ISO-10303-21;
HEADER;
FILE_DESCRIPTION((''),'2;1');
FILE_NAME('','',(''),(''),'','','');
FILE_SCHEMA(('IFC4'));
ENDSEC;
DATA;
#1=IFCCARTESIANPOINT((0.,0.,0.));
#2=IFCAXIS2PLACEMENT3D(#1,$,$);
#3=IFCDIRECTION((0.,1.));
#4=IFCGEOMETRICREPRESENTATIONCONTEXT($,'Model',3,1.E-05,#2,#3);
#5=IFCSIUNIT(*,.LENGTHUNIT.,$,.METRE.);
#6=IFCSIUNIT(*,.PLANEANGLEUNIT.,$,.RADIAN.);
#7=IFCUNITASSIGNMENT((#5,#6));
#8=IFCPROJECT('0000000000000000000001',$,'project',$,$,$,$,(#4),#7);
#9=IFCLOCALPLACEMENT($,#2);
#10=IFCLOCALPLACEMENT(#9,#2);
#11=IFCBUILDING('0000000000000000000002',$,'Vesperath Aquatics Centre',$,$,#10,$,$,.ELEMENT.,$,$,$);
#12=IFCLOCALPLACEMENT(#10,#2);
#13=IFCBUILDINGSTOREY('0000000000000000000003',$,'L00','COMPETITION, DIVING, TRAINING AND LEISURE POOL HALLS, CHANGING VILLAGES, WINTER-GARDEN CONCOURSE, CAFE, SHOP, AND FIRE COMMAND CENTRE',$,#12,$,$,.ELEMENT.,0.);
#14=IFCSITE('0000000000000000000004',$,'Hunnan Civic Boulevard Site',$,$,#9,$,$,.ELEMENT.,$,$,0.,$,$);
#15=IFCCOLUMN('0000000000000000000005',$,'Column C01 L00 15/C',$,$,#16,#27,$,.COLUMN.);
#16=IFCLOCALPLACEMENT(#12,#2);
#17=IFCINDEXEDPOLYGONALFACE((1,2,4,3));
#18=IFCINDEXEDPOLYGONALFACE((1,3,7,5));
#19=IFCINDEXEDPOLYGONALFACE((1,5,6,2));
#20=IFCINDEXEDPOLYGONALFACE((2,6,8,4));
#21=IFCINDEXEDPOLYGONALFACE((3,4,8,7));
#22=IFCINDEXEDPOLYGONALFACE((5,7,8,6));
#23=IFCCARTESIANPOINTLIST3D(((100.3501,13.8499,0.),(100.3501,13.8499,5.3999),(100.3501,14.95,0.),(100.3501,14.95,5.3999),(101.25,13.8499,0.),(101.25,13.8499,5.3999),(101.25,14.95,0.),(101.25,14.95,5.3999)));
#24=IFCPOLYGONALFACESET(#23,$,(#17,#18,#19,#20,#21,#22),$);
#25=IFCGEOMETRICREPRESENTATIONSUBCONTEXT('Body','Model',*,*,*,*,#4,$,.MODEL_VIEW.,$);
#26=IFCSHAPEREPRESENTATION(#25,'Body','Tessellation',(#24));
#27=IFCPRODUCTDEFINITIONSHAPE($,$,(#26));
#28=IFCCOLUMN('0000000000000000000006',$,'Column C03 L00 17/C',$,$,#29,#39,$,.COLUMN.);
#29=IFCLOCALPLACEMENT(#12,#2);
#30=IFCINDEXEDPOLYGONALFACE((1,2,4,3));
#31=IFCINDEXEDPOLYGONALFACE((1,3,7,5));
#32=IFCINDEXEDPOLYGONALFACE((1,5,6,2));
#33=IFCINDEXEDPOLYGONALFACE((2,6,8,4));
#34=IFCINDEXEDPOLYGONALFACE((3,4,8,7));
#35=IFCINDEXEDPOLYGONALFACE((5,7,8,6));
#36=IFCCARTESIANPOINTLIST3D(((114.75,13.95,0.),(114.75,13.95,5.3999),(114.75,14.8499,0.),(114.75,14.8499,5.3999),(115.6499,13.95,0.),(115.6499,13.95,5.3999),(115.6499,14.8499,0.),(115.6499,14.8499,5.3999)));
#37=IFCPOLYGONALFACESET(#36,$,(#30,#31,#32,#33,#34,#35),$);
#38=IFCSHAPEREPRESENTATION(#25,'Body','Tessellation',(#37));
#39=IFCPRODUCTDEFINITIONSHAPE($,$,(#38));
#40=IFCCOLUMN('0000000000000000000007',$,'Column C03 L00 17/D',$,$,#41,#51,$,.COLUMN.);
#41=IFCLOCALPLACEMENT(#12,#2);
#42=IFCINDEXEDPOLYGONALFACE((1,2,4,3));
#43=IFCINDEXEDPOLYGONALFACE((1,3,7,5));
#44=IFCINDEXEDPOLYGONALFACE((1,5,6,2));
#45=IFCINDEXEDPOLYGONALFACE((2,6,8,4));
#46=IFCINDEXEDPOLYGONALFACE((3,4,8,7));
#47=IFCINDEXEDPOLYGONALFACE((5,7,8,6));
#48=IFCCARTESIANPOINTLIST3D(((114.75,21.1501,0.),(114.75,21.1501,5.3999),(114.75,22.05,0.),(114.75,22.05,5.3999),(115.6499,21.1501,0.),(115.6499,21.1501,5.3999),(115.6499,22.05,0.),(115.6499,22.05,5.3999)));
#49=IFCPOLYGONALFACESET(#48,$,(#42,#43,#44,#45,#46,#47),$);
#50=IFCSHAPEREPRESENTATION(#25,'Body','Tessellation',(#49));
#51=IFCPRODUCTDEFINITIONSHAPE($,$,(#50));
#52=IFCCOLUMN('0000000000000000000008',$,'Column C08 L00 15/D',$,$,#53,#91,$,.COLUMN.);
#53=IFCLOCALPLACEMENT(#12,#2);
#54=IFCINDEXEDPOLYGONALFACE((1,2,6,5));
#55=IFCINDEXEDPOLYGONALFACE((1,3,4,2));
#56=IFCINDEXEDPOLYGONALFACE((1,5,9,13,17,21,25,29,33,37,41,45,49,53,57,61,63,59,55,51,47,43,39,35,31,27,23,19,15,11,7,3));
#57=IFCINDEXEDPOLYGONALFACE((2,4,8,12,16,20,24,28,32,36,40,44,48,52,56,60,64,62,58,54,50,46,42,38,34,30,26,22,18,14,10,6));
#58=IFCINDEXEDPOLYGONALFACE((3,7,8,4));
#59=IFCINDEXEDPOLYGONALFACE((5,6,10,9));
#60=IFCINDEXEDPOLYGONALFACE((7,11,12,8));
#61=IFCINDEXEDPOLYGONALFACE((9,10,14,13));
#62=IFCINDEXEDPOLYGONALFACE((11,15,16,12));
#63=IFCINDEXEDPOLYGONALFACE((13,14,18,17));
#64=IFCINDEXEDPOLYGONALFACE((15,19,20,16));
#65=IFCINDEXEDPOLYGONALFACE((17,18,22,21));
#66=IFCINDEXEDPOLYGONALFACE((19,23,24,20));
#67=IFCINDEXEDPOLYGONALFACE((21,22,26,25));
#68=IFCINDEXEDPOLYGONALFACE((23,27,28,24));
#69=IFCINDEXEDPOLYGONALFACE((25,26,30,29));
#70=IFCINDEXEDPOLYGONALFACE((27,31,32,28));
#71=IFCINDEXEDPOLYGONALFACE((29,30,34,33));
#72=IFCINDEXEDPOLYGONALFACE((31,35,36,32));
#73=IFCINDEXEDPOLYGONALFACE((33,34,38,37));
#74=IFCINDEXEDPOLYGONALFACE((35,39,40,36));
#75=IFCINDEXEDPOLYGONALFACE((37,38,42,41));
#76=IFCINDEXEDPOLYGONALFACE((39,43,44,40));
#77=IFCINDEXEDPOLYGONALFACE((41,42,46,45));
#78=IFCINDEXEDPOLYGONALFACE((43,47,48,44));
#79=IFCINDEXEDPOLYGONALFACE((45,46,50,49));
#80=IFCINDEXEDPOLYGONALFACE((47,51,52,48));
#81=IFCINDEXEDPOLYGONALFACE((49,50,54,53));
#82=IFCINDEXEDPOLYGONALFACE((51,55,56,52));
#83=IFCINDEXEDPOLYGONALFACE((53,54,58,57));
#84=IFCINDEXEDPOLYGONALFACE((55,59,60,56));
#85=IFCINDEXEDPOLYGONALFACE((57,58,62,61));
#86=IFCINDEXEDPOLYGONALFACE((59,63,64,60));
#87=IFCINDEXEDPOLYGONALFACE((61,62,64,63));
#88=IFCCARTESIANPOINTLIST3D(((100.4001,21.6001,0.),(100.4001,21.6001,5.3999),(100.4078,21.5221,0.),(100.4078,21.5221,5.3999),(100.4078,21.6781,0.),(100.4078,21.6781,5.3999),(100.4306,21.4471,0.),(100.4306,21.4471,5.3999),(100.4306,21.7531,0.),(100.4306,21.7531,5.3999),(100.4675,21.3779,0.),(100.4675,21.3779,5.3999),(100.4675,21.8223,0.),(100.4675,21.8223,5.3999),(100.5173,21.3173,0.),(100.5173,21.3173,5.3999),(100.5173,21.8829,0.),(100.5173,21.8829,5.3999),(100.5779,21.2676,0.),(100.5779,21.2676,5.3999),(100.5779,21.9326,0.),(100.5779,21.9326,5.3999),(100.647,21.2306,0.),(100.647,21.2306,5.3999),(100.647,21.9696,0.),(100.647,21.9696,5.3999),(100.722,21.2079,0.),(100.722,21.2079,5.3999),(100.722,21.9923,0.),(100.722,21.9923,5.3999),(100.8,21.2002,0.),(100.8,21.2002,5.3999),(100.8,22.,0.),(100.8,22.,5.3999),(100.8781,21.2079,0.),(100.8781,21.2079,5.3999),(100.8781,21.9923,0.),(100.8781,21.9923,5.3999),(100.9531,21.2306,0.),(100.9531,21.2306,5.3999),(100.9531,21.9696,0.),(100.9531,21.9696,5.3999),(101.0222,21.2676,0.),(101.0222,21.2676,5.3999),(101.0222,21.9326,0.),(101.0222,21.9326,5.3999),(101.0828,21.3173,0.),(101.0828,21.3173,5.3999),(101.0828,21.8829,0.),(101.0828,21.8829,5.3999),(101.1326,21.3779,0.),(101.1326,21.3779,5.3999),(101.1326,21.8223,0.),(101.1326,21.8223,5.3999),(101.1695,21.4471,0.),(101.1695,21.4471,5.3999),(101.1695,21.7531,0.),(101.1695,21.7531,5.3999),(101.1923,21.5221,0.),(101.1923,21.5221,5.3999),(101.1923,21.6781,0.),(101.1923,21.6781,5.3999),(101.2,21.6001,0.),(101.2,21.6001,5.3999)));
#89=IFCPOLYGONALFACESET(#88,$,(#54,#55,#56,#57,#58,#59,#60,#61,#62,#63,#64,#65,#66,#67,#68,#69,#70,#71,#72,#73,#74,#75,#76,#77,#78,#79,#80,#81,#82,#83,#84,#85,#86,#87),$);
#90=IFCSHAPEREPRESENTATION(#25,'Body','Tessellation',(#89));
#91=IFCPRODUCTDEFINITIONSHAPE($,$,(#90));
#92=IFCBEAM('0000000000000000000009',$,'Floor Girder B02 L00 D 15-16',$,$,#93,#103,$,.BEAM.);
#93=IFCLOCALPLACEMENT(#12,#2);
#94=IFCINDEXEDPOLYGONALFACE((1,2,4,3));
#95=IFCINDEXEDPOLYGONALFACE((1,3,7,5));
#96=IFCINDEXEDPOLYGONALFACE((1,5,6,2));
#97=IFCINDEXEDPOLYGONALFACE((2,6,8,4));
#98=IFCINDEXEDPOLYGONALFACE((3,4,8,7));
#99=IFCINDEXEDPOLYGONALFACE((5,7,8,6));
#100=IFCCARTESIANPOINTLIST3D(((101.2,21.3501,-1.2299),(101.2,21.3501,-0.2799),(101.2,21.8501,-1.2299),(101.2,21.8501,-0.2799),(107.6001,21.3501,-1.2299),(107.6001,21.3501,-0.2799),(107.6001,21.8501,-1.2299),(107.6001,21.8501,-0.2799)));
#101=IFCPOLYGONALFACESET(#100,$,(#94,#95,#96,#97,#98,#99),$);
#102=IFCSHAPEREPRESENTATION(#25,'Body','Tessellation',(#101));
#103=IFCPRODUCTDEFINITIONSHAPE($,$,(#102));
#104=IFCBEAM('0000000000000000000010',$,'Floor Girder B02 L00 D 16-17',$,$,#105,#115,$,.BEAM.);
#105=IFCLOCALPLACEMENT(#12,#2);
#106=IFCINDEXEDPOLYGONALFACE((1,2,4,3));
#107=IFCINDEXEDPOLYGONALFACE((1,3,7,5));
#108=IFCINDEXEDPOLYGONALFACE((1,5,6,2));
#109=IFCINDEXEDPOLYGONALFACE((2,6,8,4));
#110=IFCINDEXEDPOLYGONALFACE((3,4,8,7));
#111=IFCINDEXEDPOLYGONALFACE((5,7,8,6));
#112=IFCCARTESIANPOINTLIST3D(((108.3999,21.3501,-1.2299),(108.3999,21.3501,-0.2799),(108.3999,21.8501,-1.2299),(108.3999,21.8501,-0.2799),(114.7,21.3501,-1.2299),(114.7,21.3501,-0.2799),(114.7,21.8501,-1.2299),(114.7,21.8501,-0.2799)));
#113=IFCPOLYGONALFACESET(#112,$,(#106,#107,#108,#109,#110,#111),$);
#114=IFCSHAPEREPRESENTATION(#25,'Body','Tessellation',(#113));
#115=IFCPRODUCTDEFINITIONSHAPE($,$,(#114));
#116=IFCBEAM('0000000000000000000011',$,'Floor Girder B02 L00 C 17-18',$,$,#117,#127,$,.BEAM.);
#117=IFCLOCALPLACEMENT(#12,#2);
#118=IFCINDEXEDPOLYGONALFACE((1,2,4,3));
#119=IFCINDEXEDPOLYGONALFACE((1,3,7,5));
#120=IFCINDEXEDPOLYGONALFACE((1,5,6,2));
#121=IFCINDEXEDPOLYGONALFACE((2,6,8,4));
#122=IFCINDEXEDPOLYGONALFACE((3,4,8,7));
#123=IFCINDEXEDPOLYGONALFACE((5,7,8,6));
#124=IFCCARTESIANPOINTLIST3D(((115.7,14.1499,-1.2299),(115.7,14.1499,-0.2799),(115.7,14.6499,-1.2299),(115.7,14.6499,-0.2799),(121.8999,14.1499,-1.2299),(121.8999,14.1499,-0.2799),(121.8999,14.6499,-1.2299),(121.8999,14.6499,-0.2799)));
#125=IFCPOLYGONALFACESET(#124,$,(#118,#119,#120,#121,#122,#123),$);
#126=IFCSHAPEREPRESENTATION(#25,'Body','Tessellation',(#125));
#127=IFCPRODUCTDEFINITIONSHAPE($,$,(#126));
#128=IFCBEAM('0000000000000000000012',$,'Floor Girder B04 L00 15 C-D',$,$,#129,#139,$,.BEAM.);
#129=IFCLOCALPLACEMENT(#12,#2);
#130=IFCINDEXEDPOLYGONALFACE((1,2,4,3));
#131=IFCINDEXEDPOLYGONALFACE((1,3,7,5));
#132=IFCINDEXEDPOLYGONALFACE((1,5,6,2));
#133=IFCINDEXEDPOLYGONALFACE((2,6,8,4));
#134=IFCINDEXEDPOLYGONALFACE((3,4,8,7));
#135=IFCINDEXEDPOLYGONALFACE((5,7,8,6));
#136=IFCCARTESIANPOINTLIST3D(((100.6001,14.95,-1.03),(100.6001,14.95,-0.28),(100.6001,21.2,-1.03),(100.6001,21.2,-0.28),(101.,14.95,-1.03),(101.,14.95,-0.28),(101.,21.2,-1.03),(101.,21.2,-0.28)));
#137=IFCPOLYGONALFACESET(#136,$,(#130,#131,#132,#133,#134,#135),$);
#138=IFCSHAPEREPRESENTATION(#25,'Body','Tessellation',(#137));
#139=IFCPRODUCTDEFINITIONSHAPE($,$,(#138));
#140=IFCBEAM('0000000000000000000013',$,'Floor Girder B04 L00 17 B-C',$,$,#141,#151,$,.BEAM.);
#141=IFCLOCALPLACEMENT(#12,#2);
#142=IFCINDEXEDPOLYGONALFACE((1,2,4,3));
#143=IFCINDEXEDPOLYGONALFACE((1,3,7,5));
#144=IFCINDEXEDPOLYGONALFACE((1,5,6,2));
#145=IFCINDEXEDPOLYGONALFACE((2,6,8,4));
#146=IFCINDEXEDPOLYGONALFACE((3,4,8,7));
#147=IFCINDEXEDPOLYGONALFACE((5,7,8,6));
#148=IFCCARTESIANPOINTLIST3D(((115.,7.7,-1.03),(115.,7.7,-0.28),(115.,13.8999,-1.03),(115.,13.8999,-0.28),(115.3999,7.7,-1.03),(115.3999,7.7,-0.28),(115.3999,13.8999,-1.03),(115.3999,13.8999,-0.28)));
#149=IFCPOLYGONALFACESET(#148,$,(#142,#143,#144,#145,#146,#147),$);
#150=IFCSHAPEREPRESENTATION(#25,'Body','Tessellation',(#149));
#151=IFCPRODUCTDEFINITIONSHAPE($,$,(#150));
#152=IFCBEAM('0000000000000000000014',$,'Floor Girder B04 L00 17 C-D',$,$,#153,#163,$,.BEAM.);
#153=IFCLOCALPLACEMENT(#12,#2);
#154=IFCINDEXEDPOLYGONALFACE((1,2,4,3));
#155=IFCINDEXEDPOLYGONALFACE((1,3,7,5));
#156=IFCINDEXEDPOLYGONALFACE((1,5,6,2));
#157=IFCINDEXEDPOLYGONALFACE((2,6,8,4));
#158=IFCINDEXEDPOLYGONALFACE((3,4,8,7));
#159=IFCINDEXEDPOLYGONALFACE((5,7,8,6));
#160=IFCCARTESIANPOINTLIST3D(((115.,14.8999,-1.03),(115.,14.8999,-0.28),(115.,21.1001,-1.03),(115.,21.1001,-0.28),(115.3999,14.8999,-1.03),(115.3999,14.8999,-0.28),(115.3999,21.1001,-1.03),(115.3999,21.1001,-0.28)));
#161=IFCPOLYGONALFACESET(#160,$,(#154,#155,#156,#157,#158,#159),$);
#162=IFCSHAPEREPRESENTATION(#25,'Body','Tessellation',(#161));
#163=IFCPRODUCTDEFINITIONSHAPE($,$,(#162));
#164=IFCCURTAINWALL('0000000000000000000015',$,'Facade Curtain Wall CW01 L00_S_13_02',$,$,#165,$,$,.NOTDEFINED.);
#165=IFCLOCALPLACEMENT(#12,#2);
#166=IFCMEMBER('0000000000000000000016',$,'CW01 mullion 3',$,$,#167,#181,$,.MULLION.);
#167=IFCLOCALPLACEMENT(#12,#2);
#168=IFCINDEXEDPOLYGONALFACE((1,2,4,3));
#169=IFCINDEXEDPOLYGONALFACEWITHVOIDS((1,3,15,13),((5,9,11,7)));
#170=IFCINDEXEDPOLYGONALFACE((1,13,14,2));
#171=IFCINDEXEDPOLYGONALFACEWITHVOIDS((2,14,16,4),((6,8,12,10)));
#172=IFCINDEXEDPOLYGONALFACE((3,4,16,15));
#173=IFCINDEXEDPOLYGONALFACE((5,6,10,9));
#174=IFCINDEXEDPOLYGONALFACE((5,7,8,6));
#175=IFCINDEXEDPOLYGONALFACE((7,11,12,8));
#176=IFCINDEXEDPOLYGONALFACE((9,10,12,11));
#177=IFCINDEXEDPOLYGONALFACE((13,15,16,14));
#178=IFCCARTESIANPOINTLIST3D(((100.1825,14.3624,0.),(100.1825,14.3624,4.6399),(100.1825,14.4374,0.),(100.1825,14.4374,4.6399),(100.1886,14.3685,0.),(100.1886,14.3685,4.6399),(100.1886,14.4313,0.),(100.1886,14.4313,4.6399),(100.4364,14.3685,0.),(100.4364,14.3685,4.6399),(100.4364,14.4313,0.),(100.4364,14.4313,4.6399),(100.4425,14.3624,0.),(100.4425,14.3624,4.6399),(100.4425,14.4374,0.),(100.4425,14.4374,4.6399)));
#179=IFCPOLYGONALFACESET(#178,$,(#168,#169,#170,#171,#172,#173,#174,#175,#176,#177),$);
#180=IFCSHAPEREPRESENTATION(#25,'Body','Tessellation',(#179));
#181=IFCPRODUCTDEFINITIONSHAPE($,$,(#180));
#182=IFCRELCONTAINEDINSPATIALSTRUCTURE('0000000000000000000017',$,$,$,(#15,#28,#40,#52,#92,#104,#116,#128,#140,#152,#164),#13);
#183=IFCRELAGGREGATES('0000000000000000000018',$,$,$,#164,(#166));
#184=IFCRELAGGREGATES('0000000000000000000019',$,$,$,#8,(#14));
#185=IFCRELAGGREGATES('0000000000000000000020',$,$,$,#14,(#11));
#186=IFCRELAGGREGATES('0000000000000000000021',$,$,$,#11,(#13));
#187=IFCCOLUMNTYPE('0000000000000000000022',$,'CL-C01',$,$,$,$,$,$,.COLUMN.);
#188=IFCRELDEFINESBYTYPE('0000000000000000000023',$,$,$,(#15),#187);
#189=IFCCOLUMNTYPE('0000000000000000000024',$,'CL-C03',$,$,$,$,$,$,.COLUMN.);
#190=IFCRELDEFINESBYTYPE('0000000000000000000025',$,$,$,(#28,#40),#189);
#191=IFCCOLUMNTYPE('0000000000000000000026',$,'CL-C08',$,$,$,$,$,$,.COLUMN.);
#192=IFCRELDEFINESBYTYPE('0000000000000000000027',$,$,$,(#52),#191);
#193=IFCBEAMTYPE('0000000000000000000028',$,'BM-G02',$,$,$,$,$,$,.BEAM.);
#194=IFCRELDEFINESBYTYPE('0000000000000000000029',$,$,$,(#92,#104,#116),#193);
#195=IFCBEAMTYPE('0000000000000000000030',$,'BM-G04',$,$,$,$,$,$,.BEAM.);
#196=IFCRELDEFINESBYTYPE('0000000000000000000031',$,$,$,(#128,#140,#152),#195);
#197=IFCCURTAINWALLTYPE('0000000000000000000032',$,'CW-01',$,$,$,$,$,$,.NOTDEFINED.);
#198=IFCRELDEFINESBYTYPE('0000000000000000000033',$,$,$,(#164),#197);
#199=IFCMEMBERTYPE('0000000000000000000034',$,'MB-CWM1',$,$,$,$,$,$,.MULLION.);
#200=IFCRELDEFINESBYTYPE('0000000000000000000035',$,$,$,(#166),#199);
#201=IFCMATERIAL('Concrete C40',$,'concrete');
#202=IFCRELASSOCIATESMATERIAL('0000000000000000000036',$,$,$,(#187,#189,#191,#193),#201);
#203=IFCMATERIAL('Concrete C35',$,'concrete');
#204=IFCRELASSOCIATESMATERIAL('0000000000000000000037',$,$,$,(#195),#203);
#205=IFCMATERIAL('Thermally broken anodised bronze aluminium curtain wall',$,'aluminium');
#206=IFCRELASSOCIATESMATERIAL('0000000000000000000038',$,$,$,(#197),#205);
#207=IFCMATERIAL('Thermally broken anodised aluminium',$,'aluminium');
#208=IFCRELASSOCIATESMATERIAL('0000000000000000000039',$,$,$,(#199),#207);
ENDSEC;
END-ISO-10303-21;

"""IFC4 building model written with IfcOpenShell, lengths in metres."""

from ifc_helpers import new_model, si_unit, direction, frame, origin, origin_2d, place, context, subcontext, project, spatial, rectangle, hollow_rectangle, circle, extrude, material, material_profile, profile_set, type_object, element, aggregate, save


model = new_model("IFC4")

# Units and contexts
model_context = context("Model", 3, precision=1e-05, world=origin(), true_north=direction((0.0, 1.0)))
body_context = subcontext(model_context, "Body", "Model", "MODEL_VIEW")
ifc_project = project(units=[si_unit("LENGTHUNIT", "METRE"), si_unit("PLANEANGLEUNIT", "RADIAN")], contexts=[model_context])

# Site, building, storey
site_placement = place(None, origin())
site = spatial("IfcSite", under=ifc_project, at=site_placement, Name="Hunnan Civic Boulevard Site", CompositionType="ELEMENT", RefElevation=0.0)
building_placement = place(site_placement, origin())
building = spatial("IfcBuilding", under=site, at=building_placement, Name="Vesperath Aquatics Centre", CompositionType="ELEMENT")
storey_placement = place(building_placement, origin())
storey = spatial("IfcBuildingStorey", under=building, at=storey_placement, Name="L00", Description="COMPETITION, DIVING, TRAINING AND LEISURE POOL HALLS, CHANGING VILLAGES, WINTER-GARDEN CONCOURSE, CAFE, SHOP, AND FIRE COMMAND CENTRE", CompositionType="ELEMENT", Elevation=0.0)

# Columns
ifc_material_1 = material(Name="Concrete C40", Category="concrete")
ifc_material_profile_1 = material_profile(ifc_material_1, rectangle(XDim=0.8999, YDim=1.1001, at=origin_2d()), Name="RC 1100x900")
ifc_profile_set_1 = profile_set([ifc_material_profile_1], Name="Concrete C40")
column_type_1 = type_object("IfcColumnType", Name="CL-C01", PredefinedType="COLUMN", material=ifc_profile_set_1)
column_1_placement = place(storey_placement, frame((100.8, 14.3999, 0.0), z_axis=(0.0, 0.0, 1.0), x_axis=(1.0, 0.0, 0.0)))
element("IfcColumn", 1, at=column_1_placement, inside=storey, type_object=column_type_1, Name="Column C01 L00 15/C", PredefinedType="COLUMN", context=body_context, shape_type="SweptSolid", body=[
    extrude(rectangle(XDim=0.8999, YDim=1.1001, at=origin_2d()), origin(), (0.0, 0.0, 1.0), 5.3999),
])
ifc_material_profile_2 = material_profile(ifc_material_1, rectangle(XDim=0.8999, YDim=0.8999, at=origin_2d()), Name="RC 900x900")
ifc_profile_set_2 = profile_set([ifc_material_profile_2], Name="Concrete C40")
column_type_2 = type_object("IfcColumnType", Name="CL-C03", PredefinedType="COLUMN", material=ifc_profile_set_2)
for number, where, z_axis, x_axis, name in (
    (2, (115.2, 14.3999, 0.0), (0.0, 0.0, 1.0), (1.0, 0.0, 0.0), "Column C03 L00 17/C"),
    (3, (115.2, 21.6001, 0.0), (0.0, 0.0, 1.0), (1.0, 0.0, 0.0), "Column C03 L00 17/D"),
):
    element("IfcColumn", number, at=place(storey_placement, frame(where, z_axis=z_axis, x_axis=x_axis)), inside=storey, type_object=column_type_2, Name=name, PredefinedType="COLUMN", context=body_context, shape_type="SweptSolid", body=[
        extrude(rectangle(XDim=0.8999, YDim=0.8999, at=origin_2d()), origin(), (0.0, 0.0, 1.0), 5.3999),
    ])
ifc_material_profile_3 = material_profile(ifc_material_1, circle(Radius=0.3999, at=origin_2d()), Name="RC D800")
ifc_profile_set_3 = profile_set([ifc_material_profile_3], Name="Concrete C40")
column_type_3 = type_object("IfcColumnType", Name="CL-C08", PredefinedType="COLUMN", material=ifc_profile_set_3)
column_2_placement = place(storey_placement, frame((100.8, 21.6001, 0.0), z_axis=(0.0, 0.0, 1.0), x_axis=(1.0, 0.0, 0.0)))
element("IfcColumn", 4, at=column_2_placement, inside=storey, type_object=column_type_3, Name="Column C08 L00 15/D", PredefinedType="COLUMN", context=body_context, shape_type="SweptSolid", body=[
    extrude(circle(Radius=0.3999, at=origin_2d()), origin(), (0.0, 0.0, 1.0), 5.3999),
])

# Beams
ifc_material_profile_4 = material_profile(ifc_material_1, rectangle(XDim=0.5, YDim=0.95, at=origin_2d()), Name="RC 500x950")
ifc_profile_set_4 = profile_set([ifc_material_profile_4], Name="Concrete C40")
beam_type_1 = type_object("IfcBeamType", Name="BM-G02", PredefinedType="BEAM", material=ifc_profile_set_4)
beam_1_placement = place(storey_placement, frame((101.2, 21.6001, -0.7549), z_axis=(1.0, 0.0, 0.0), x_axis=(0.0, 1.0, 0.0)))
element("IfcBeam", 5, at=beam_1_placement, inside=storey, type_object=beam_type_1, Name="Floor Girder B02 L00 D 15-16", PredefinedType="BEAM", context=body_context, shape_type="SweptSolid", body=[
    extrude(rectangle(XDim=0.5, YDim=0.95, at=origin_2d()), origin(), (0.0, 0.0, 1.0), 6.4001),
])
beam_2_placement = place(storey_placement, frame((108.3999, 21.6001, -0.7549), z_axis=(1.0, 0.0, 0.0), x_axis=(0.0, 1.0, 0.0)))
element("IfcBeam", 6, at=beam_2_placement, inside=storey, type_object=beam_type_1, Name="Floor Girder B02 L00 D 16-17", PredefinedType="BEAM", context=body_context, shape_type="SweptSolid", body=[
    extrude(rectangle(XDim=0.5, YDim=0.95, at=origin_2d()), origin(), (0.0, 0.0, 1.0), 6.3),
])
beam_3_placement = place(storey_placement, frame((115.7, 14.3999, -0.7549), z_axis=(1.0, 0.0, 0.0), x_axis=(0.0, 1.0, 0.0)))
element("IfcBeam", 7, at=beam_3_placement, inside=storey, type_object=beam_type_1, Name="Floor Girder B02 L00 C 17-18", PredefinedType="BEAM", context=body_context, shape_type="SweptSolid", body=[
    extrude(rectangle(XDim=0.5, YDim=0.95, at=origin_2d()), origin(), (0.0, 0.0, 1.0), 6.2),
])
ifc_material_2 = material(Name="Concrete C35", Category="concrete")
ifc_material_profile_5 = material_profile(ifc_material_2, rectangle(XDim=0.3999, YDim=0.75, at=origin_2d()), Name="RC 400x750")
ifc_profile_set_5 = profile_set([ifc_material_profile_5], Name="Concrete C35")
beam_type_2 = type_object("IfcBeamType", Name="BM-G04", PredefinedType="BEAM", material=ifc_profile_set_5)
beam_4_placement = place(storey_placement, frame((100.8, 14.95, -0.655), z_axis=(0.0, 1.0, 0.0), x_axis=(-1.0, 0.0, 0.0)))
element("IfcBeam", 8, at=beam_4_placement, inside=storey, type_object=beam_type_2, Name="Floor Girder B04 L00 15 C-D", PredefinedType="BEAM", context=body_context, shape_type="SweptSolid", body=[
    extrude(rectangle(XDim=0.3999, YDim=0.75, at=origin_2d()), origin(), (0.0, 0.0, 1.0), 6.25),
])
beam_5_placement = place(storey_placement, frame((115.2, 7.7, -0.655), z_axis=(0.0, 1.0, 0.0), x_axis=(-1.0, 0.0, 0.0)))
element("IfcBeam", 9, at=beam_5_placement, inside=storey, type_object=beam_type_2, Name="Floor Girder B04 L00 17 B-C", PredefinedType="BEAM", context=body_context, shape_type="SweptSolid", body=[
    extrude(rectangle(XDim=0.3999, YDim=0.75, at=origin_2d()), origin(), (0.0, 0.0, 1.0), 6.2),
])
beam_6_placement = place(storey_placement, frame((115.2, 14.8999, -0.655), z_axis=(0.0, 1.0, 0.0), x_axis=(-1.0, 0.0, 0.0)))
element("IfcBeam", 10, at=beam_6_placement, inside=storey, type_object=beam_type_2, Name="Floor Girder B04 L00 17 C-D", PredefinedType="BEAM", context=body_context, shape_type="SweptSolid", body=[
    extrude(rectangle(XDim=0.3999, YDim=0.75, at=origin_2d()), origin(), (0.0, 0.0, 1.0), 6.2002),
])

# Curtain wall, member
ifc_material_3 = material(Name="Thermally broken anodised bronze aluminium curtain wall", Category="aluminium")
curtain_wall_type = type_object("IfcCurtainWallType", Name="CW-01", PredefinedType="NOTDEFINED", material=ifc_material_3)
curtain_wall_1_placement = place(storey_placement, origin())
curtain_wall_1 = element("IfcCurtainWall", 11, at=curtain_wall_1_placement, inside=storey, type_object=curtain_wall_type, Name="Facade Curtain Wall CW01 L00_S_13_02", PredefinedType="NOTDEFINED")
ifc_material_4 = material(Name="Thermally broken anodised aluminium", Category="aluminium")
ifc_material_profile_6 = material_profile(ifc_material_4, hollow_rectangle(XDim=0.075, YDim=0.26, WallThickness=0.0061, at=origin_2d()), Name="CWM 75x260x6")
ifc_profile_set_6 = profile_set([ifc_material_profile_6], Name="Thermally broken anodised aluminium")
member_type_1 = type_object("IfcMemberType", Name="MB-CWM1", PredefinedType="MULLION", material=ifc_profile_set_6)
member_1_placement = place(storey_placement, frame((100.3125, 14.3999, 0.0), z_axis=(0.0, 0.0, 1.0), x_axis=(0.0, 1.0, 0.0)))
member_1 = element("IfcMember", 12, at=member_1_placement, type_object=member_type_1, Name="CW01 mullion 3", PredefinedType="MULLION", context=body_context, shape_type="SweptSolid", body=[
    extrude(hollow_rectangle(XDim=0.075, YDim=0.26, WallThickness=0.0061, at=origin_2d()), origin(), (0.0, 0.0, 1.0), 4.6399),
])

aggregate(curtain_wall_1, [member_1])

save(model, "model.ifc")
